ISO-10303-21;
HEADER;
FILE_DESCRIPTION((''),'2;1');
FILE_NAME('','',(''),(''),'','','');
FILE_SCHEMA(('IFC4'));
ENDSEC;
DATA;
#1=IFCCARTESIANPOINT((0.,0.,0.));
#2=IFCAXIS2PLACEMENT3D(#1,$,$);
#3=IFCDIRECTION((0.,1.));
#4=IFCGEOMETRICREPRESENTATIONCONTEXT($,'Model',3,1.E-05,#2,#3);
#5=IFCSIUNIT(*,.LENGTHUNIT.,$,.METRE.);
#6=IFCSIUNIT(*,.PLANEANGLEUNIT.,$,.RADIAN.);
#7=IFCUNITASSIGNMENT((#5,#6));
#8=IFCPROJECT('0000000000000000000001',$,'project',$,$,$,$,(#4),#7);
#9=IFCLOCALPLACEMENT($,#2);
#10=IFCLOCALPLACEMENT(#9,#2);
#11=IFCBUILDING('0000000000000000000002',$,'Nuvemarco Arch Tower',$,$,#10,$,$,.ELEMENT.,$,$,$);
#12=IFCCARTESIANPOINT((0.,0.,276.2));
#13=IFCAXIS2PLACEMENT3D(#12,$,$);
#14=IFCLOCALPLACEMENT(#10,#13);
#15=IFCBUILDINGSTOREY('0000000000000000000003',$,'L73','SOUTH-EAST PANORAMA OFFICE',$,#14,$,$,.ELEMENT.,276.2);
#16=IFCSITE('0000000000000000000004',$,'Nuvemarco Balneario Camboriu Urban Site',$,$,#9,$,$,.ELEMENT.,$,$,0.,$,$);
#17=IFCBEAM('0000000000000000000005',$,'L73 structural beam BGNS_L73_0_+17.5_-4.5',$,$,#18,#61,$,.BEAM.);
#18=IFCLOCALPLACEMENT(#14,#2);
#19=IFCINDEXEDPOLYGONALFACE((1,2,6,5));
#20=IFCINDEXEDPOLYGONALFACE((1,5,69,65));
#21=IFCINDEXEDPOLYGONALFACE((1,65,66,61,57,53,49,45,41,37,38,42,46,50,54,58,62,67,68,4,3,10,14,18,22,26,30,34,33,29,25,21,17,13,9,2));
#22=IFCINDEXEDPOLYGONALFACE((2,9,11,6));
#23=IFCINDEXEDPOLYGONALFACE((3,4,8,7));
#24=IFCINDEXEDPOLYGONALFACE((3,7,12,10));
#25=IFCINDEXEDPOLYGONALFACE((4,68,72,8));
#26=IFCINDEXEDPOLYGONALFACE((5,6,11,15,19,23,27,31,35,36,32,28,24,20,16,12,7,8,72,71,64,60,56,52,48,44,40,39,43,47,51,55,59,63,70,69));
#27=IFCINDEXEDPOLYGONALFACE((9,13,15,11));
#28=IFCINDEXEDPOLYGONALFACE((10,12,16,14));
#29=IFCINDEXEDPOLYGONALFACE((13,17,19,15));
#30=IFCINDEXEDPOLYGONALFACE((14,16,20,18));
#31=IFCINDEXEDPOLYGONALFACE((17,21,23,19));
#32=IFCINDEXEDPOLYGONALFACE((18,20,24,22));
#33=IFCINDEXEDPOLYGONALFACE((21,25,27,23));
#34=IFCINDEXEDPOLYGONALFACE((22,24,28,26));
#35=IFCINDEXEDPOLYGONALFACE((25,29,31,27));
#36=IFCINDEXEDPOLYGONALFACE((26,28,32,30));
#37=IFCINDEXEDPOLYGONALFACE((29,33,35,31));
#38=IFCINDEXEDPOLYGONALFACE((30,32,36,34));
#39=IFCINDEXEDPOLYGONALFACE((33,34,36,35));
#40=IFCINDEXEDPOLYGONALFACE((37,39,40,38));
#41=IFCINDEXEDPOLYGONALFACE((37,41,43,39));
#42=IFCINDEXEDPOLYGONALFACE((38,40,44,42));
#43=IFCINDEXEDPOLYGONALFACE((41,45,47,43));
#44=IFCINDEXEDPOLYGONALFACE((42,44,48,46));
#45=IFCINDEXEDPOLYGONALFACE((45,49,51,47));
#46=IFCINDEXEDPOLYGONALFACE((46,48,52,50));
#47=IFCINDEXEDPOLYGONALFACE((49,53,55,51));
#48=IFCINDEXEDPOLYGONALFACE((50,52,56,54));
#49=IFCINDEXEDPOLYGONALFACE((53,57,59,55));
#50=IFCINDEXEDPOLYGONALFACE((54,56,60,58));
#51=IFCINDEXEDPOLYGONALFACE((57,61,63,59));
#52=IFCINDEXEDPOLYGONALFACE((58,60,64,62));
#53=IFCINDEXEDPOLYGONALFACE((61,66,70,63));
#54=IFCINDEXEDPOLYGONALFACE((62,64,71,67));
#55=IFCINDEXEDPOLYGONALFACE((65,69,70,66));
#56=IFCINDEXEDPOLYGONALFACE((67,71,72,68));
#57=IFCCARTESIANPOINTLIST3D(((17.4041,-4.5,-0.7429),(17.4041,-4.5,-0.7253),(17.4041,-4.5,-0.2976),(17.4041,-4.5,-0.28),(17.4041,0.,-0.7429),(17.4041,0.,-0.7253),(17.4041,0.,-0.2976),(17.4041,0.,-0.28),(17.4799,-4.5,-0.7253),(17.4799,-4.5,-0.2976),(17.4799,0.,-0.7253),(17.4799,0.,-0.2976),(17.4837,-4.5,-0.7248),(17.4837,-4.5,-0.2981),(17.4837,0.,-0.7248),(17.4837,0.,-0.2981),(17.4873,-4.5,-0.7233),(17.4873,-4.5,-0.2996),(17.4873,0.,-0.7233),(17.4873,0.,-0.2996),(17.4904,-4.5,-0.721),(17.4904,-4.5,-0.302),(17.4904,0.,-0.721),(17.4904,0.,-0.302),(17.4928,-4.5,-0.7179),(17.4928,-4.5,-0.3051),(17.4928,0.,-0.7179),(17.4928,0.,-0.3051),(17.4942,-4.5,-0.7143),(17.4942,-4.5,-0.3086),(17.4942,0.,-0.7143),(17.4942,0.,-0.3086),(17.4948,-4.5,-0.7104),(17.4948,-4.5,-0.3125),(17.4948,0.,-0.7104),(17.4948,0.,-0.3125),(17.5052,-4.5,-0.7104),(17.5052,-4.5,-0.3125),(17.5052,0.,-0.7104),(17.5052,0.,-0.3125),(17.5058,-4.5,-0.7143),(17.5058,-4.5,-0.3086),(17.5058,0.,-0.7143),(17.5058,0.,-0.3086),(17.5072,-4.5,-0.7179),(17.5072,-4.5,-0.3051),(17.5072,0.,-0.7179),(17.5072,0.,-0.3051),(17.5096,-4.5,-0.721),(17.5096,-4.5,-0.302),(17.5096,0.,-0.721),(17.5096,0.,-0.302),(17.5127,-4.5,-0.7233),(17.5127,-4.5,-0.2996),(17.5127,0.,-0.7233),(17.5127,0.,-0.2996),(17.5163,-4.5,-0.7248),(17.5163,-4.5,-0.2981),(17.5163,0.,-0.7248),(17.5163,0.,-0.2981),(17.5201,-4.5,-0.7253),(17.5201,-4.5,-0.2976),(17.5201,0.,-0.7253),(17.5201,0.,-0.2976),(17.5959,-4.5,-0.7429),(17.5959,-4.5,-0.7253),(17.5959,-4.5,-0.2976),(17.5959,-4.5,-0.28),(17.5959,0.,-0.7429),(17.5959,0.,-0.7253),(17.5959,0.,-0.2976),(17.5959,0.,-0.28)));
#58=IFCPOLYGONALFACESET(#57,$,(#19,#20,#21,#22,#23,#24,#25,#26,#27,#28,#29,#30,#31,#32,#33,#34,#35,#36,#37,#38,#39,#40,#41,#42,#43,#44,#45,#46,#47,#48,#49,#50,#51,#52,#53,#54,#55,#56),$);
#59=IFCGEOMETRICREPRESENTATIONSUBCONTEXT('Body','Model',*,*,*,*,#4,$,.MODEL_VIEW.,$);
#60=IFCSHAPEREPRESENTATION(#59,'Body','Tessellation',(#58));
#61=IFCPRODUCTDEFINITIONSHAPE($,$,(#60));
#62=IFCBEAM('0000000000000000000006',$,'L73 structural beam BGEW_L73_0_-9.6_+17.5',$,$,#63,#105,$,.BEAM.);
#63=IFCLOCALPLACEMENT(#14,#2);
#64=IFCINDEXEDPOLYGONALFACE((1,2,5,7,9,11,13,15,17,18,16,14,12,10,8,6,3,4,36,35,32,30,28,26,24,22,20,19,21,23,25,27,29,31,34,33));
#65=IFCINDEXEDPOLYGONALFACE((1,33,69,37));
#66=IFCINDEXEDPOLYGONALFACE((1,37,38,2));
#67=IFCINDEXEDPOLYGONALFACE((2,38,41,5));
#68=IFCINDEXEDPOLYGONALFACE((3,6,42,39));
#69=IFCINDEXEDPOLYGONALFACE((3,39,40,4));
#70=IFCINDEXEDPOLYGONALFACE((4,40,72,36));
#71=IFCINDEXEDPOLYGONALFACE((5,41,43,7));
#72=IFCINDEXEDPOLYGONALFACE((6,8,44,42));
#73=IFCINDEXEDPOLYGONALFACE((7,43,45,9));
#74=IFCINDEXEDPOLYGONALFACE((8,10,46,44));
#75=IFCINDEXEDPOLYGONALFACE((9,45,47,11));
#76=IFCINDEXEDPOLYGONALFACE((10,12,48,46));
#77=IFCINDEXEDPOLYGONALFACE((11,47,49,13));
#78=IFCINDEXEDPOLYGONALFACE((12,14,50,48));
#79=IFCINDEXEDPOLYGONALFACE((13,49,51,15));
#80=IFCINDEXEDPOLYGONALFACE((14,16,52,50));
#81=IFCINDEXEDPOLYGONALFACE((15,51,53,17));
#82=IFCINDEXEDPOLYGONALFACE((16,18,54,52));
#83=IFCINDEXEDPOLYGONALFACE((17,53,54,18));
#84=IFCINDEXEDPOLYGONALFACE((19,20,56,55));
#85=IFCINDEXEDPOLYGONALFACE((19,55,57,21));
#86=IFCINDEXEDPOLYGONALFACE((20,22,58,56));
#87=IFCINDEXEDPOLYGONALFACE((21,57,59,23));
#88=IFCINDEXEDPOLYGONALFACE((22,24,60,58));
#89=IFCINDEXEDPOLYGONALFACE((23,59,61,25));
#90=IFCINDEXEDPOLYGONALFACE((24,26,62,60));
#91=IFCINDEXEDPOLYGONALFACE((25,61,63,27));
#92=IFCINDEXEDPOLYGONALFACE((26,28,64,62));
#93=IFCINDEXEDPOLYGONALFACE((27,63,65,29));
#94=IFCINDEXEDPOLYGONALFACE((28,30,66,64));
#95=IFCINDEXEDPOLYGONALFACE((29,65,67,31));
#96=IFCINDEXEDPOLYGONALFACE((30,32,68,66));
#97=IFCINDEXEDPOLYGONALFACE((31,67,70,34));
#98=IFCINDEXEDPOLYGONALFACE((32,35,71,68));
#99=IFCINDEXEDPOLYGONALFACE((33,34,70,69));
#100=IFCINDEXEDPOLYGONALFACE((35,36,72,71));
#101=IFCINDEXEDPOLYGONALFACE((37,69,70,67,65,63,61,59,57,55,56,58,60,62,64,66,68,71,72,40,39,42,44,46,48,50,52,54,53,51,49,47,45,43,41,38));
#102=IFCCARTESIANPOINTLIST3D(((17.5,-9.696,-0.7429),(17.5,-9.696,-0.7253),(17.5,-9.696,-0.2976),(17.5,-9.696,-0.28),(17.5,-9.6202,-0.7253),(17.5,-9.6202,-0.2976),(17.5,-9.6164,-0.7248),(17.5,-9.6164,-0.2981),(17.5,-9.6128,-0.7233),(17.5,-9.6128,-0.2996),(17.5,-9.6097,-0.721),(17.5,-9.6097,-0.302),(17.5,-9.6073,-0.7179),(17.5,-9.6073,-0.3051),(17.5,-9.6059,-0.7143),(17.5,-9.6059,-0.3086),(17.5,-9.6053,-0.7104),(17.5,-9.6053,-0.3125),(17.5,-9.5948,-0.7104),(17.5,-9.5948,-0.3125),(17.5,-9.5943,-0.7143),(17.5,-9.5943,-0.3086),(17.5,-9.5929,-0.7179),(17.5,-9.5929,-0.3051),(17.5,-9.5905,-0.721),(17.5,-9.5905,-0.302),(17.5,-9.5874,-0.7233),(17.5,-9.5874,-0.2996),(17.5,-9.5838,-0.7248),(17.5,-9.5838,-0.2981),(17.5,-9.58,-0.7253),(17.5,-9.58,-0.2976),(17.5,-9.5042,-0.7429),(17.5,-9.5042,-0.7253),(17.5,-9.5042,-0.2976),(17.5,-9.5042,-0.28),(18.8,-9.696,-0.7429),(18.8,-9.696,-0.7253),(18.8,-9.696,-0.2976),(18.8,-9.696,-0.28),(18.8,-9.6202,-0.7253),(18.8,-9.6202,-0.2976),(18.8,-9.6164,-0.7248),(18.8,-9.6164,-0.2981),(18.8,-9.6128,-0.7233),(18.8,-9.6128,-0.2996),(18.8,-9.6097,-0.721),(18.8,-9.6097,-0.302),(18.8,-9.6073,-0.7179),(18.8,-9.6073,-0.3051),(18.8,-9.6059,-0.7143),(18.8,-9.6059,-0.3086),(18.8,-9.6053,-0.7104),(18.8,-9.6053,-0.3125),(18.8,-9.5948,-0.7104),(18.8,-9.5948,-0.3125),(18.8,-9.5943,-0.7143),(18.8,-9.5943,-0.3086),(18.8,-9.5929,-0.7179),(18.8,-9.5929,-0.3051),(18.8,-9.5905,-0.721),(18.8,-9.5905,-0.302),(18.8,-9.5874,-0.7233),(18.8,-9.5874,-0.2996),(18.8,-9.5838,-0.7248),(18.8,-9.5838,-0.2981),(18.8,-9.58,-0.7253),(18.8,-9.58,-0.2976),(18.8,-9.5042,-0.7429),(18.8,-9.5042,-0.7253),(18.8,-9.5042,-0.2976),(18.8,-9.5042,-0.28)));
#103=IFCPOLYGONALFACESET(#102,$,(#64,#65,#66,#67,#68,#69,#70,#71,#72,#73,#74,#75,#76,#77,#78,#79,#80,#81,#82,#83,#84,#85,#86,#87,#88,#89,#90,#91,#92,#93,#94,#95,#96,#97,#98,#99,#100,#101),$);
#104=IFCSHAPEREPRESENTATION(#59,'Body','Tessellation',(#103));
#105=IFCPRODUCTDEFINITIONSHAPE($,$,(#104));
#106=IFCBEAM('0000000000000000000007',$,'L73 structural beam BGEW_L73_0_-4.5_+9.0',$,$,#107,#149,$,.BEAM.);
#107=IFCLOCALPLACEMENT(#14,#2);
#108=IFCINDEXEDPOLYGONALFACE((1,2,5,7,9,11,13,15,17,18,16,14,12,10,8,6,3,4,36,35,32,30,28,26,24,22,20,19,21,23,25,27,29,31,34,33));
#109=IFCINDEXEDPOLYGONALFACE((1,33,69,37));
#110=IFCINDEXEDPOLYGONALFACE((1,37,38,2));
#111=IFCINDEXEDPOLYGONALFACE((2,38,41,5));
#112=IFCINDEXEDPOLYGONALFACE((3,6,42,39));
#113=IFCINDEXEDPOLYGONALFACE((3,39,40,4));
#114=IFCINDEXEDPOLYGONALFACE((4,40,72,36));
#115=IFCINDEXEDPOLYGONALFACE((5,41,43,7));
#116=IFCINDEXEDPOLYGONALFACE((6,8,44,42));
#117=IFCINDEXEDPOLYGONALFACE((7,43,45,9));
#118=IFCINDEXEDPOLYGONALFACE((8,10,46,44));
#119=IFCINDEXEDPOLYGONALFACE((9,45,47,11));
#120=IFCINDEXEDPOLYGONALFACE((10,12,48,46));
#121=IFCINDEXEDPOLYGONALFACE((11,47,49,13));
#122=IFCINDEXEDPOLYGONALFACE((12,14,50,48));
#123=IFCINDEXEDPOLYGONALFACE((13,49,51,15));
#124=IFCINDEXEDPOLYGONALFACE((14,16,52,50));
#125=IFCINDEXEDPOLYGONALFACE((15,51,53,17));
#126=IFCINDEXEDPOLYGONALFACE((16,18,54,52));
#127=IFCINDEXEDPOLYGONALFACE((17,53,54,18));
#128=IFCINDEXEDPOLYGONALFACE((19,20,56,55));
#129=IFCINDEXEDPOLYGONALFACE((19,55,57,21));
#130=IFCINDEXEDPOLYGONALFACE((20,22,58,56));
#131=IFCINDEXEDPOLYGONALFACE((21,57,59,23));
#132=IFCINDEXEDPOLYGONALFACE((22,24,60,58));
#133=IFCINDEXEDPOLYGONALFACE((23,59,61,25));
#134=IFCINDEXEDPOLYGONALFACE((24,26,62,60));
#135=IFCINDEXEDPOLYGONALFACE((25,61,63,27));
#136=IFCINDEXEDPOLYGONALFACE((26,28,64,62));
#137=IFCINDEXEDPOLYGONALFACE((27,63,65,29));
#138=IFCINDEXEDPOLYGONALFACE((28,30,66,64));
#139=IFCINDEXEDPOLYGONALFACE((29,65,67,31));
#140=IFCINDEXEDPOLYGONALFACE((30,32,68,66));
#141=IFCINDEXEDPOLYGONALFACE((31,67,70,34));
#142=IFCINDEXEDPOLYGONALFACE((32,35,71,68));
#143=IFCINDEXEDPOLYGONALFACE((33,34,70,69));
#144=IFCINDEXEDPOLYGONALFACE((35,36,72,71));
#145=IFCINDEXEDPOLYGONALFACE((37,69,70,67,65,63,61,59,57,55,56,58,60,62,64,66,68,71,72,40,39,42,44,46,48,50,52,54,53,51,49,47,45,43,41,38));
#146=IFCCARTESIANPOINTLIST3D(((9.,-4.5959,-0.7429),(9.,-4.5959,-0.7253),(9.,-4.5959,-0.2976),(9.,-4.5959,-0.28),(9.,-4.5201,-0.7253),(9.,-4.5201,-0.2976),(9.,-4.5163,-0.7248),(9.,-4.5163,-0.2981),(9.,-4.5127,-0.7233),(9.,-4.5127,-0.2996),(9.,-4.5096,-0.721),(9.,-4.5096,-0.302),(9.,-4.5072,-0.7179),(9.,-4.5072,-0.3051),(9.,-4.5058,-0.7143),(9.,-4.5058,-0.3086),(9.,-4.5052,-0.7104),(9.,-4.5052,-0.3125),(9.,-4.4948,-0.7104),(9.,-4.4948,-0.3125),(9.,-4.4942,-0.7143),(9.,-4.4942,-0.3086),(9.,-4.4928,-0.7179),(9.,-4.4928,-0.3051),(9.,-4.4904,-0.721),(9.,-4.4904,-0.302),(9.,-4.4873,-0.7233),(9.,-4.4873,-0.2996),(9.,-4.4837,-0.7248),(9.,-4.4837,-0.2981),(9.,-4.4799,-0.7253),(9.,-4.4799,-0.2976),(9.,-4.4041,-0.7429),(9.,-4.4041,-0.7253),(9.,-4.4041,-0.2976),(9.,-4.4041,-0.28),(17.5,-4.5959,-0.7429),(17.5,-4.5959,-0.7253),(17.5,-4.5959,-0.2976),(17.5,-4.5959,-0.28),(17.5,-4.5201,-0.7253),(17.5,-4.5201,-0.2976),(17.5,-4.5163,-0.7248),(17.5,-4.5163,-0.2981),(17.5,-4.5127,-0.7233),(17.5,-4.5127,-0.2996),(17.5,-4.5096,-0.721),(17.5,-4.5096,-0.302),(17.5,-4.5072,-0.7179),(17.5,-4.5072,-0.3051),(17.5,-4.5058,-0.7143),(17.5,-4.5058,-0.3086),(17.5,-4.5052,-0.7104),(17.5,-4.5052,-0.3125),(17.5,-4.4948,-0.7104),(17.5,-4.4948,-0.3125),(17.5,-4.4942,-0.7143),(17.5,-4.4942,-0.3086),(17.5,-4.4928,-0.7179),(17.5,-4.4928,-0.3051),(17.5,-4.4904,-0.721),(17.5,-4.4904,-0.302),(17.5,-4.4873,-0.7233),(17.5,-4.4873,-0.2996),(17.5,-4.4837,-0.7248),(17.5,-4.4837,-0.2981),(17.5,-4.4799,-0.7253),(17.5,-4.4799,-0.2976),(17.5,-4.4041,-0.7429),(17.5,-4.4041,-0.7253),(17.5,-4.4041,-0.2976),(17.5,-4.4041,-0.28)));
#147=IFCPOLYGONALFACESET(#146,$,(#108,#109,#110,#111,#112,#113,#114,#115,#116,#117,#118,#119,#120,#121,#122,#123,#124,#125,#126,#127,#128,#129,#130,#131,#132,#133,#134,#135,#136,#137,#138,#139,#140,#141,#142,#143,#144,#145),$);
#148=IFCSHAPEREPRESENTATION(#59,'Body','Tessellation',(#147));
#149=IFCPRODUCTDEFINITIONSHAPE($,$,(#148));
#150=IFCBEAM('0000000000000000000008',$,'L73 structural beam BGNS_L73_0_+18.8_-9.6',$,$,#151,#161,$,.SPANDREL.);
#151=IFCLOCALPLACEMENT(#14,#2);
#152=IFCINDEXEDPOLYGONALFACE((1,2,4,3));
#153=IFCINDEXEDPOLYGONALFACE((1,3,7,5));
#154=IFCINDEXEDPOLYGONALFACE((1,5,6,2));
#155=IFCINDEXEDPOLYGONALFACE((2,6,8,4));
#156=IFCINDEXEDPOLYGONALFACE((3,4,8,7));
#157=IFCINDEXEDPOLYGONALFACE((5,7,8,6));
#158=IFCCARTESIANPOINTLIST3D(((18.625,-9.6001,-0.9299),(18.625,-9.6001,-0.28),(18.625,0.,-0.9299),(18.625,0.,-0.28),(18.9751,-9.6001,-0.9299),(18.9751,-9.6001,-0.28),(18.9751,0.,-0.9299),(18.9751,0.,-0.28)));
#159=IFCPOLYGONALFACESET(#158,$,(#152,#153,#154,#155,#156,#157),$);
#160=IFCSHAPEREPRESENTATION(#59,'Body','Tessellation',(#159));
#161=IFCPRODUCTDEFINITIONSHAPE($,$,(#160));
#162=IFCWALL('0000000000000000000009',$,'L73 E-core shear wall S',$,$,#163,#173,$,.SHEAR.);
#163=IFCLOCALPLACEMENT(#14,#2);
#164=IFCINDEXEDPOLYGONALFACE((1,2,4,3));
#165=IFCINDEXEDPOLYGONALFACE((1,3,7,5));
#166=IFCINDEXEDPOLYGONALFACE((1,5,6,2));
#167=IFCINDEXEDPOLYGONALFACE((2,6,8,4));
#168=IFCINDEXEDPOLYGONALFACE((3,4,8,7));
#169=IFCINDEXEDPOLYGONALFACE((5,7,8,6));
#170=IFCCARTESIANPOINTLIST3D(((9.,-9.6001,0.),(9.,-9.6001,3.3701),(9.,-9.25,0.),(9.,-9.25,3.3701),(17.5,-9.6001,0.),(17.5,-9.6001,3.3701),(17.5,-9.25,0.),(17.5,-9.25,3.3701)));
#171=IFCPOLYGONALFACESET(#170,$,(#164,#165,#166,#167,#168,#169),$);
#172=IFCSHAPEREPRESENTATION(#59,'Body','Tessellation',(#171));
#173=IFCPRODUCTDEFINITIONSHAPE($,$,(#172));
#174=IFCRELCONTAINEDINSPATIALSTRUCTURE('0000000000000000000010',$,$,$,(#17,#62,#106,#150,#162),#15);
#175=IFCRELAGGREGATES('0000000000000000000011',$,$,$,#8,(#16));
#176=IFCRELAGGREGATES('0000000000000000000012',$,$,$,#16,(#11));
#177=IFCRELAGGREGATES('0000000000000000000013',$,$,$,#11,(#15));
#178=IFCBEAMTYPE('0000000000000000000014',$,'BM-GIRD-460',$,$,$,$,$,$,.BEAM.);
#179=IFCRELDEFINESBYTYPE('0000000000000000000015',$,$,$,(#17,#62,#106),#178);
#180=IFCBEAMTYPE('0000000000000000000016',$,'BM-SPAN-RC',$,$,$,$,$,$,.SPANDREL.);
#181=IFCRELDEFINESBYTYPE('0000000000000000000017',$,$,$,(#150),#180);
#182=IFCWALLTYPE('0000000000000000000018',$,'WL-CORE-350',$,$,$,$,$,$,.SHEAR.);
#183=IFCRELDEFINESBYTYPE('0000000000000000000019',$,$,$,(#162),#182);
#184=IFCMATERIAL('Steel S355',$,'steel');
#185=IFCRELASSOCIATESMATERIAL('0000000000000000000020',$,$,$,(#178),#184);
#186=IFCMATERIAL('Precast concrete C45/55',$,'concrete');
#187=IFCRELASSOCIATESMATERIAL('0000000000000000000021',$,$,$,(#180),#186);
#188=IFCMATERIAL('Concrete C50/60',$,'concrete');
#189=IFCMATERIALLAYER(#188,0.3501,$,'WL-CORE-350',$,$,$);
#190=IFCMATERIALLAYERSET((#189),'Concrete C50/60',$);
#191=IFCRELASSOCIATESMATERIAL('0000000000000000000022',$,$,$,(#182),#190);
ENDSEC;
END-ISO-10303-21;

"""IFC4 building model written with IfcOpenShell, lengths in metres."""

from ifc_helpers import new_model, si_unit, direction, frame, frame_2d, origin, origin_2d, place, context, subcontext, project, spatial, rectangle, i_section, extrude, material, layer, layer_set, material_profile, profile_set, type_object, element, save


model = new_model("IFC4")

# Units and contexts
model_context = context("Model", 3, precision=1e-05, world=origin(), true_north=direction((0.0, 1.0)))
body_context = subcontext(model_context, "Body", "Model", "MODEL_VIEW")
ifc_project = project(units=[si_unit("LENGTHUNIT", "METRE"), si_unit("PLANEANGLEUNIT", "RADIAN")], contexts=[model_context])

# Site, building, storey
site_placement = place(None, origin())
site = spatial("IfcSite", under=ifc_project, at=site_placement, Name="Nuvemarco Balneario Camboriu Urban Site", CompositionType="ELEMENT", RefElevation=0.0)
building_placement = place(site_placement, origin())
building = spatial("IfcBuilding", under=site, at=building_placement, Name="Nuvemarco Arch Tower", CompositionType="ELEMENT")
storey_placement = place(building_placement, frame((0.0, 0.0, 276.2)))
storey = spatial("IfcBuildingStorey", under=building, at=storey_placement, Name="L73", Description="SOUTH-EAST PANORAMA OFFICE", CompositionType="ELEMENT", Elevation=276.2)

# Shared definitions
ifc_material_1 = material(Name="Concrete C50/60", Category="concrete")
ifc_material_2 = material(Name="Steel S355", Category="steel")

# Beams
ifc_material_profile_1 = material_profile(ifc_material_2, i_section(OverallWidth=0.1919, OverallDepth=0.4629, WebThickness=0.0105, FlangeThickness=0.0176, FilletRadius=0.0149, at=origin_2d()), Name="W460x89")
ifc_profile_set_1 = profile_set([ifc_material_profile_1], Name="Steel S355")
beam_type_1 = type_object("IfcBeamType", Name="BM-GIRD-460", PredefinedType="BEAM", material=ifc_profile_set_1)
beam_1_placement = place(storey_placement, frame((17.5, -4.5, -0.5115), z_axis=(0.0, 1.0, 0.0), x_axis=(-1.0, 0.0, 0.0)))
element("IfcBeam", 1, at=beam_1_placement, inside=storey, type_object=beam_type_1, Name="L73 structural beam BGNS_L73_0_+17.5_-4.5", PredefinedType="BEAM", context=body_context, shape_type="SweptSolid", body=[
    extrude(i_section(OverallWidth=0.1919, OverallDepth=0.4629, WebThickness=0.0105, FlangeThickness=0.0176, FilletRadius=0.0149, at=origin_2d()), origin(), (0.0, 0.0, 1.0), 4.5),
])
beam_2_placement = place(storey_placement, frame((17.5, -9.6001, -0.5115), z_axis=(1.0, 0.0, 0.0), x_axis=(0.0, 1.0, 0.0)))
element("IfcBeam", 2, at=beam_2_placement, inside=storey, type_object=beam_type_1, Name="L73 structural beam BGEW_L73_0_-9.6_+17.5", PredefinedType="BEAM", context=body_context, shape_type="SweptSolid", body=[
    extrude(i_section(OverallWidth=0.1919, OverallDepth=0.4629, WebThickness=0.0105, FlangeThickness=0.0176, FilletRadius=0.0149, at=origin_2d()), origin(), (0.0, 0.0, 1.0), 1.3),
])
beam_3_placement = place(storey_placement, frame((9.0, -4.5, -0.5115), z_axis=(1.0, 0.0, 0.0), x_axis=(0.0, 1.0, 0.0)))
element("IfcBeam", 3, at=beam_3_placement, inside=storey, type_object=beam_type_1, Name="L73 structural beam BGEW_L73_0_-4.5_+9.0", PredefinedType="BEAM", context=body_context, shape_type="SweptSolid", body=[
    extrude(i_section(OverallWidth=0.1919, OverallDepth=0.4629, WebThickness=0.0105, FlangeThickness=0.0176, FilletRadius=0.0149, at=origin_2d()), origin(), (0.0, 0.0, 1.0), 8.5),
])
ifc_material_3 = material(Name="Precast concrete C45/55", Category="concrete")
ifc_material_profile_2 = material_profile(ifc_material_3, rectangle(XDim=0.3501, YDim=0.6499, at=origin_2d()), Name="PC-SP-350x650")
ifc_profile_set_2 = profile_set([ifc_material_profile_2], Name="Precast concrete C45/55")
beam_type_2 = type_object("IfcBeamType", Name="BM-SPAN-RC", PredefinedType="SPANDREL", material=ifc_profile_set_2)
beam_4_placement = place(storey_placement, frame((18.8, -9.6001, -0.605), z_axis=(0.0, 1.0, 0.0), x_axis=(-1.0, 0.0, 0.0)))
element("IfcBeam", 4, at=beam_4_placement, inside=storey, type_object=beam_type_2, Name="L73 structural beam BGNS_L73_0_+18.8_-9.6", PredefinedType="SPANDREL", context=body_context, shape_type="SweptSolid", body=[
    extrude(rectangle(XDim=0.3501, YDim=0.6499, at=origin_2d()), origin(), (0.0, 0.0, 1.0), 9.6001),
])

# Wall
ifc_layer_1 = layer(ifc_material_1, 0.3501, Name="WL-CORE-350")
ifc_layer_set_1 = layer_set([ifc_layer_1], Name="Concrete C50/60")
wall_type_1 = type_object("IfcWallType", Name="WL-CORE-350", PredefinedType="SHEAR", material=ifc_layer_set_1)
wall_1_placement = place(storey_placement, frame((9.0, -9.425, 0.0), z_axis=(0.0, 0.0, 1.0), x_axis=(1.0, 0.0, 0.0)))
element("IfcWall", 5, at=wall_1_placement, inside=storey, type_object=wall_type_1, Name="L73 E-core shear wall S", PredefinedType="SHEAR", context=body_context, shape_type="SweptSolid", body=[
    extrude(rectangle(XDim=8.5, YDim=0.3501, at=frame_2d((4.25, 0.0))), origin(), (0.0, 0.0, 1.0), 3.3701),
])

save(model, "model.ifc")
